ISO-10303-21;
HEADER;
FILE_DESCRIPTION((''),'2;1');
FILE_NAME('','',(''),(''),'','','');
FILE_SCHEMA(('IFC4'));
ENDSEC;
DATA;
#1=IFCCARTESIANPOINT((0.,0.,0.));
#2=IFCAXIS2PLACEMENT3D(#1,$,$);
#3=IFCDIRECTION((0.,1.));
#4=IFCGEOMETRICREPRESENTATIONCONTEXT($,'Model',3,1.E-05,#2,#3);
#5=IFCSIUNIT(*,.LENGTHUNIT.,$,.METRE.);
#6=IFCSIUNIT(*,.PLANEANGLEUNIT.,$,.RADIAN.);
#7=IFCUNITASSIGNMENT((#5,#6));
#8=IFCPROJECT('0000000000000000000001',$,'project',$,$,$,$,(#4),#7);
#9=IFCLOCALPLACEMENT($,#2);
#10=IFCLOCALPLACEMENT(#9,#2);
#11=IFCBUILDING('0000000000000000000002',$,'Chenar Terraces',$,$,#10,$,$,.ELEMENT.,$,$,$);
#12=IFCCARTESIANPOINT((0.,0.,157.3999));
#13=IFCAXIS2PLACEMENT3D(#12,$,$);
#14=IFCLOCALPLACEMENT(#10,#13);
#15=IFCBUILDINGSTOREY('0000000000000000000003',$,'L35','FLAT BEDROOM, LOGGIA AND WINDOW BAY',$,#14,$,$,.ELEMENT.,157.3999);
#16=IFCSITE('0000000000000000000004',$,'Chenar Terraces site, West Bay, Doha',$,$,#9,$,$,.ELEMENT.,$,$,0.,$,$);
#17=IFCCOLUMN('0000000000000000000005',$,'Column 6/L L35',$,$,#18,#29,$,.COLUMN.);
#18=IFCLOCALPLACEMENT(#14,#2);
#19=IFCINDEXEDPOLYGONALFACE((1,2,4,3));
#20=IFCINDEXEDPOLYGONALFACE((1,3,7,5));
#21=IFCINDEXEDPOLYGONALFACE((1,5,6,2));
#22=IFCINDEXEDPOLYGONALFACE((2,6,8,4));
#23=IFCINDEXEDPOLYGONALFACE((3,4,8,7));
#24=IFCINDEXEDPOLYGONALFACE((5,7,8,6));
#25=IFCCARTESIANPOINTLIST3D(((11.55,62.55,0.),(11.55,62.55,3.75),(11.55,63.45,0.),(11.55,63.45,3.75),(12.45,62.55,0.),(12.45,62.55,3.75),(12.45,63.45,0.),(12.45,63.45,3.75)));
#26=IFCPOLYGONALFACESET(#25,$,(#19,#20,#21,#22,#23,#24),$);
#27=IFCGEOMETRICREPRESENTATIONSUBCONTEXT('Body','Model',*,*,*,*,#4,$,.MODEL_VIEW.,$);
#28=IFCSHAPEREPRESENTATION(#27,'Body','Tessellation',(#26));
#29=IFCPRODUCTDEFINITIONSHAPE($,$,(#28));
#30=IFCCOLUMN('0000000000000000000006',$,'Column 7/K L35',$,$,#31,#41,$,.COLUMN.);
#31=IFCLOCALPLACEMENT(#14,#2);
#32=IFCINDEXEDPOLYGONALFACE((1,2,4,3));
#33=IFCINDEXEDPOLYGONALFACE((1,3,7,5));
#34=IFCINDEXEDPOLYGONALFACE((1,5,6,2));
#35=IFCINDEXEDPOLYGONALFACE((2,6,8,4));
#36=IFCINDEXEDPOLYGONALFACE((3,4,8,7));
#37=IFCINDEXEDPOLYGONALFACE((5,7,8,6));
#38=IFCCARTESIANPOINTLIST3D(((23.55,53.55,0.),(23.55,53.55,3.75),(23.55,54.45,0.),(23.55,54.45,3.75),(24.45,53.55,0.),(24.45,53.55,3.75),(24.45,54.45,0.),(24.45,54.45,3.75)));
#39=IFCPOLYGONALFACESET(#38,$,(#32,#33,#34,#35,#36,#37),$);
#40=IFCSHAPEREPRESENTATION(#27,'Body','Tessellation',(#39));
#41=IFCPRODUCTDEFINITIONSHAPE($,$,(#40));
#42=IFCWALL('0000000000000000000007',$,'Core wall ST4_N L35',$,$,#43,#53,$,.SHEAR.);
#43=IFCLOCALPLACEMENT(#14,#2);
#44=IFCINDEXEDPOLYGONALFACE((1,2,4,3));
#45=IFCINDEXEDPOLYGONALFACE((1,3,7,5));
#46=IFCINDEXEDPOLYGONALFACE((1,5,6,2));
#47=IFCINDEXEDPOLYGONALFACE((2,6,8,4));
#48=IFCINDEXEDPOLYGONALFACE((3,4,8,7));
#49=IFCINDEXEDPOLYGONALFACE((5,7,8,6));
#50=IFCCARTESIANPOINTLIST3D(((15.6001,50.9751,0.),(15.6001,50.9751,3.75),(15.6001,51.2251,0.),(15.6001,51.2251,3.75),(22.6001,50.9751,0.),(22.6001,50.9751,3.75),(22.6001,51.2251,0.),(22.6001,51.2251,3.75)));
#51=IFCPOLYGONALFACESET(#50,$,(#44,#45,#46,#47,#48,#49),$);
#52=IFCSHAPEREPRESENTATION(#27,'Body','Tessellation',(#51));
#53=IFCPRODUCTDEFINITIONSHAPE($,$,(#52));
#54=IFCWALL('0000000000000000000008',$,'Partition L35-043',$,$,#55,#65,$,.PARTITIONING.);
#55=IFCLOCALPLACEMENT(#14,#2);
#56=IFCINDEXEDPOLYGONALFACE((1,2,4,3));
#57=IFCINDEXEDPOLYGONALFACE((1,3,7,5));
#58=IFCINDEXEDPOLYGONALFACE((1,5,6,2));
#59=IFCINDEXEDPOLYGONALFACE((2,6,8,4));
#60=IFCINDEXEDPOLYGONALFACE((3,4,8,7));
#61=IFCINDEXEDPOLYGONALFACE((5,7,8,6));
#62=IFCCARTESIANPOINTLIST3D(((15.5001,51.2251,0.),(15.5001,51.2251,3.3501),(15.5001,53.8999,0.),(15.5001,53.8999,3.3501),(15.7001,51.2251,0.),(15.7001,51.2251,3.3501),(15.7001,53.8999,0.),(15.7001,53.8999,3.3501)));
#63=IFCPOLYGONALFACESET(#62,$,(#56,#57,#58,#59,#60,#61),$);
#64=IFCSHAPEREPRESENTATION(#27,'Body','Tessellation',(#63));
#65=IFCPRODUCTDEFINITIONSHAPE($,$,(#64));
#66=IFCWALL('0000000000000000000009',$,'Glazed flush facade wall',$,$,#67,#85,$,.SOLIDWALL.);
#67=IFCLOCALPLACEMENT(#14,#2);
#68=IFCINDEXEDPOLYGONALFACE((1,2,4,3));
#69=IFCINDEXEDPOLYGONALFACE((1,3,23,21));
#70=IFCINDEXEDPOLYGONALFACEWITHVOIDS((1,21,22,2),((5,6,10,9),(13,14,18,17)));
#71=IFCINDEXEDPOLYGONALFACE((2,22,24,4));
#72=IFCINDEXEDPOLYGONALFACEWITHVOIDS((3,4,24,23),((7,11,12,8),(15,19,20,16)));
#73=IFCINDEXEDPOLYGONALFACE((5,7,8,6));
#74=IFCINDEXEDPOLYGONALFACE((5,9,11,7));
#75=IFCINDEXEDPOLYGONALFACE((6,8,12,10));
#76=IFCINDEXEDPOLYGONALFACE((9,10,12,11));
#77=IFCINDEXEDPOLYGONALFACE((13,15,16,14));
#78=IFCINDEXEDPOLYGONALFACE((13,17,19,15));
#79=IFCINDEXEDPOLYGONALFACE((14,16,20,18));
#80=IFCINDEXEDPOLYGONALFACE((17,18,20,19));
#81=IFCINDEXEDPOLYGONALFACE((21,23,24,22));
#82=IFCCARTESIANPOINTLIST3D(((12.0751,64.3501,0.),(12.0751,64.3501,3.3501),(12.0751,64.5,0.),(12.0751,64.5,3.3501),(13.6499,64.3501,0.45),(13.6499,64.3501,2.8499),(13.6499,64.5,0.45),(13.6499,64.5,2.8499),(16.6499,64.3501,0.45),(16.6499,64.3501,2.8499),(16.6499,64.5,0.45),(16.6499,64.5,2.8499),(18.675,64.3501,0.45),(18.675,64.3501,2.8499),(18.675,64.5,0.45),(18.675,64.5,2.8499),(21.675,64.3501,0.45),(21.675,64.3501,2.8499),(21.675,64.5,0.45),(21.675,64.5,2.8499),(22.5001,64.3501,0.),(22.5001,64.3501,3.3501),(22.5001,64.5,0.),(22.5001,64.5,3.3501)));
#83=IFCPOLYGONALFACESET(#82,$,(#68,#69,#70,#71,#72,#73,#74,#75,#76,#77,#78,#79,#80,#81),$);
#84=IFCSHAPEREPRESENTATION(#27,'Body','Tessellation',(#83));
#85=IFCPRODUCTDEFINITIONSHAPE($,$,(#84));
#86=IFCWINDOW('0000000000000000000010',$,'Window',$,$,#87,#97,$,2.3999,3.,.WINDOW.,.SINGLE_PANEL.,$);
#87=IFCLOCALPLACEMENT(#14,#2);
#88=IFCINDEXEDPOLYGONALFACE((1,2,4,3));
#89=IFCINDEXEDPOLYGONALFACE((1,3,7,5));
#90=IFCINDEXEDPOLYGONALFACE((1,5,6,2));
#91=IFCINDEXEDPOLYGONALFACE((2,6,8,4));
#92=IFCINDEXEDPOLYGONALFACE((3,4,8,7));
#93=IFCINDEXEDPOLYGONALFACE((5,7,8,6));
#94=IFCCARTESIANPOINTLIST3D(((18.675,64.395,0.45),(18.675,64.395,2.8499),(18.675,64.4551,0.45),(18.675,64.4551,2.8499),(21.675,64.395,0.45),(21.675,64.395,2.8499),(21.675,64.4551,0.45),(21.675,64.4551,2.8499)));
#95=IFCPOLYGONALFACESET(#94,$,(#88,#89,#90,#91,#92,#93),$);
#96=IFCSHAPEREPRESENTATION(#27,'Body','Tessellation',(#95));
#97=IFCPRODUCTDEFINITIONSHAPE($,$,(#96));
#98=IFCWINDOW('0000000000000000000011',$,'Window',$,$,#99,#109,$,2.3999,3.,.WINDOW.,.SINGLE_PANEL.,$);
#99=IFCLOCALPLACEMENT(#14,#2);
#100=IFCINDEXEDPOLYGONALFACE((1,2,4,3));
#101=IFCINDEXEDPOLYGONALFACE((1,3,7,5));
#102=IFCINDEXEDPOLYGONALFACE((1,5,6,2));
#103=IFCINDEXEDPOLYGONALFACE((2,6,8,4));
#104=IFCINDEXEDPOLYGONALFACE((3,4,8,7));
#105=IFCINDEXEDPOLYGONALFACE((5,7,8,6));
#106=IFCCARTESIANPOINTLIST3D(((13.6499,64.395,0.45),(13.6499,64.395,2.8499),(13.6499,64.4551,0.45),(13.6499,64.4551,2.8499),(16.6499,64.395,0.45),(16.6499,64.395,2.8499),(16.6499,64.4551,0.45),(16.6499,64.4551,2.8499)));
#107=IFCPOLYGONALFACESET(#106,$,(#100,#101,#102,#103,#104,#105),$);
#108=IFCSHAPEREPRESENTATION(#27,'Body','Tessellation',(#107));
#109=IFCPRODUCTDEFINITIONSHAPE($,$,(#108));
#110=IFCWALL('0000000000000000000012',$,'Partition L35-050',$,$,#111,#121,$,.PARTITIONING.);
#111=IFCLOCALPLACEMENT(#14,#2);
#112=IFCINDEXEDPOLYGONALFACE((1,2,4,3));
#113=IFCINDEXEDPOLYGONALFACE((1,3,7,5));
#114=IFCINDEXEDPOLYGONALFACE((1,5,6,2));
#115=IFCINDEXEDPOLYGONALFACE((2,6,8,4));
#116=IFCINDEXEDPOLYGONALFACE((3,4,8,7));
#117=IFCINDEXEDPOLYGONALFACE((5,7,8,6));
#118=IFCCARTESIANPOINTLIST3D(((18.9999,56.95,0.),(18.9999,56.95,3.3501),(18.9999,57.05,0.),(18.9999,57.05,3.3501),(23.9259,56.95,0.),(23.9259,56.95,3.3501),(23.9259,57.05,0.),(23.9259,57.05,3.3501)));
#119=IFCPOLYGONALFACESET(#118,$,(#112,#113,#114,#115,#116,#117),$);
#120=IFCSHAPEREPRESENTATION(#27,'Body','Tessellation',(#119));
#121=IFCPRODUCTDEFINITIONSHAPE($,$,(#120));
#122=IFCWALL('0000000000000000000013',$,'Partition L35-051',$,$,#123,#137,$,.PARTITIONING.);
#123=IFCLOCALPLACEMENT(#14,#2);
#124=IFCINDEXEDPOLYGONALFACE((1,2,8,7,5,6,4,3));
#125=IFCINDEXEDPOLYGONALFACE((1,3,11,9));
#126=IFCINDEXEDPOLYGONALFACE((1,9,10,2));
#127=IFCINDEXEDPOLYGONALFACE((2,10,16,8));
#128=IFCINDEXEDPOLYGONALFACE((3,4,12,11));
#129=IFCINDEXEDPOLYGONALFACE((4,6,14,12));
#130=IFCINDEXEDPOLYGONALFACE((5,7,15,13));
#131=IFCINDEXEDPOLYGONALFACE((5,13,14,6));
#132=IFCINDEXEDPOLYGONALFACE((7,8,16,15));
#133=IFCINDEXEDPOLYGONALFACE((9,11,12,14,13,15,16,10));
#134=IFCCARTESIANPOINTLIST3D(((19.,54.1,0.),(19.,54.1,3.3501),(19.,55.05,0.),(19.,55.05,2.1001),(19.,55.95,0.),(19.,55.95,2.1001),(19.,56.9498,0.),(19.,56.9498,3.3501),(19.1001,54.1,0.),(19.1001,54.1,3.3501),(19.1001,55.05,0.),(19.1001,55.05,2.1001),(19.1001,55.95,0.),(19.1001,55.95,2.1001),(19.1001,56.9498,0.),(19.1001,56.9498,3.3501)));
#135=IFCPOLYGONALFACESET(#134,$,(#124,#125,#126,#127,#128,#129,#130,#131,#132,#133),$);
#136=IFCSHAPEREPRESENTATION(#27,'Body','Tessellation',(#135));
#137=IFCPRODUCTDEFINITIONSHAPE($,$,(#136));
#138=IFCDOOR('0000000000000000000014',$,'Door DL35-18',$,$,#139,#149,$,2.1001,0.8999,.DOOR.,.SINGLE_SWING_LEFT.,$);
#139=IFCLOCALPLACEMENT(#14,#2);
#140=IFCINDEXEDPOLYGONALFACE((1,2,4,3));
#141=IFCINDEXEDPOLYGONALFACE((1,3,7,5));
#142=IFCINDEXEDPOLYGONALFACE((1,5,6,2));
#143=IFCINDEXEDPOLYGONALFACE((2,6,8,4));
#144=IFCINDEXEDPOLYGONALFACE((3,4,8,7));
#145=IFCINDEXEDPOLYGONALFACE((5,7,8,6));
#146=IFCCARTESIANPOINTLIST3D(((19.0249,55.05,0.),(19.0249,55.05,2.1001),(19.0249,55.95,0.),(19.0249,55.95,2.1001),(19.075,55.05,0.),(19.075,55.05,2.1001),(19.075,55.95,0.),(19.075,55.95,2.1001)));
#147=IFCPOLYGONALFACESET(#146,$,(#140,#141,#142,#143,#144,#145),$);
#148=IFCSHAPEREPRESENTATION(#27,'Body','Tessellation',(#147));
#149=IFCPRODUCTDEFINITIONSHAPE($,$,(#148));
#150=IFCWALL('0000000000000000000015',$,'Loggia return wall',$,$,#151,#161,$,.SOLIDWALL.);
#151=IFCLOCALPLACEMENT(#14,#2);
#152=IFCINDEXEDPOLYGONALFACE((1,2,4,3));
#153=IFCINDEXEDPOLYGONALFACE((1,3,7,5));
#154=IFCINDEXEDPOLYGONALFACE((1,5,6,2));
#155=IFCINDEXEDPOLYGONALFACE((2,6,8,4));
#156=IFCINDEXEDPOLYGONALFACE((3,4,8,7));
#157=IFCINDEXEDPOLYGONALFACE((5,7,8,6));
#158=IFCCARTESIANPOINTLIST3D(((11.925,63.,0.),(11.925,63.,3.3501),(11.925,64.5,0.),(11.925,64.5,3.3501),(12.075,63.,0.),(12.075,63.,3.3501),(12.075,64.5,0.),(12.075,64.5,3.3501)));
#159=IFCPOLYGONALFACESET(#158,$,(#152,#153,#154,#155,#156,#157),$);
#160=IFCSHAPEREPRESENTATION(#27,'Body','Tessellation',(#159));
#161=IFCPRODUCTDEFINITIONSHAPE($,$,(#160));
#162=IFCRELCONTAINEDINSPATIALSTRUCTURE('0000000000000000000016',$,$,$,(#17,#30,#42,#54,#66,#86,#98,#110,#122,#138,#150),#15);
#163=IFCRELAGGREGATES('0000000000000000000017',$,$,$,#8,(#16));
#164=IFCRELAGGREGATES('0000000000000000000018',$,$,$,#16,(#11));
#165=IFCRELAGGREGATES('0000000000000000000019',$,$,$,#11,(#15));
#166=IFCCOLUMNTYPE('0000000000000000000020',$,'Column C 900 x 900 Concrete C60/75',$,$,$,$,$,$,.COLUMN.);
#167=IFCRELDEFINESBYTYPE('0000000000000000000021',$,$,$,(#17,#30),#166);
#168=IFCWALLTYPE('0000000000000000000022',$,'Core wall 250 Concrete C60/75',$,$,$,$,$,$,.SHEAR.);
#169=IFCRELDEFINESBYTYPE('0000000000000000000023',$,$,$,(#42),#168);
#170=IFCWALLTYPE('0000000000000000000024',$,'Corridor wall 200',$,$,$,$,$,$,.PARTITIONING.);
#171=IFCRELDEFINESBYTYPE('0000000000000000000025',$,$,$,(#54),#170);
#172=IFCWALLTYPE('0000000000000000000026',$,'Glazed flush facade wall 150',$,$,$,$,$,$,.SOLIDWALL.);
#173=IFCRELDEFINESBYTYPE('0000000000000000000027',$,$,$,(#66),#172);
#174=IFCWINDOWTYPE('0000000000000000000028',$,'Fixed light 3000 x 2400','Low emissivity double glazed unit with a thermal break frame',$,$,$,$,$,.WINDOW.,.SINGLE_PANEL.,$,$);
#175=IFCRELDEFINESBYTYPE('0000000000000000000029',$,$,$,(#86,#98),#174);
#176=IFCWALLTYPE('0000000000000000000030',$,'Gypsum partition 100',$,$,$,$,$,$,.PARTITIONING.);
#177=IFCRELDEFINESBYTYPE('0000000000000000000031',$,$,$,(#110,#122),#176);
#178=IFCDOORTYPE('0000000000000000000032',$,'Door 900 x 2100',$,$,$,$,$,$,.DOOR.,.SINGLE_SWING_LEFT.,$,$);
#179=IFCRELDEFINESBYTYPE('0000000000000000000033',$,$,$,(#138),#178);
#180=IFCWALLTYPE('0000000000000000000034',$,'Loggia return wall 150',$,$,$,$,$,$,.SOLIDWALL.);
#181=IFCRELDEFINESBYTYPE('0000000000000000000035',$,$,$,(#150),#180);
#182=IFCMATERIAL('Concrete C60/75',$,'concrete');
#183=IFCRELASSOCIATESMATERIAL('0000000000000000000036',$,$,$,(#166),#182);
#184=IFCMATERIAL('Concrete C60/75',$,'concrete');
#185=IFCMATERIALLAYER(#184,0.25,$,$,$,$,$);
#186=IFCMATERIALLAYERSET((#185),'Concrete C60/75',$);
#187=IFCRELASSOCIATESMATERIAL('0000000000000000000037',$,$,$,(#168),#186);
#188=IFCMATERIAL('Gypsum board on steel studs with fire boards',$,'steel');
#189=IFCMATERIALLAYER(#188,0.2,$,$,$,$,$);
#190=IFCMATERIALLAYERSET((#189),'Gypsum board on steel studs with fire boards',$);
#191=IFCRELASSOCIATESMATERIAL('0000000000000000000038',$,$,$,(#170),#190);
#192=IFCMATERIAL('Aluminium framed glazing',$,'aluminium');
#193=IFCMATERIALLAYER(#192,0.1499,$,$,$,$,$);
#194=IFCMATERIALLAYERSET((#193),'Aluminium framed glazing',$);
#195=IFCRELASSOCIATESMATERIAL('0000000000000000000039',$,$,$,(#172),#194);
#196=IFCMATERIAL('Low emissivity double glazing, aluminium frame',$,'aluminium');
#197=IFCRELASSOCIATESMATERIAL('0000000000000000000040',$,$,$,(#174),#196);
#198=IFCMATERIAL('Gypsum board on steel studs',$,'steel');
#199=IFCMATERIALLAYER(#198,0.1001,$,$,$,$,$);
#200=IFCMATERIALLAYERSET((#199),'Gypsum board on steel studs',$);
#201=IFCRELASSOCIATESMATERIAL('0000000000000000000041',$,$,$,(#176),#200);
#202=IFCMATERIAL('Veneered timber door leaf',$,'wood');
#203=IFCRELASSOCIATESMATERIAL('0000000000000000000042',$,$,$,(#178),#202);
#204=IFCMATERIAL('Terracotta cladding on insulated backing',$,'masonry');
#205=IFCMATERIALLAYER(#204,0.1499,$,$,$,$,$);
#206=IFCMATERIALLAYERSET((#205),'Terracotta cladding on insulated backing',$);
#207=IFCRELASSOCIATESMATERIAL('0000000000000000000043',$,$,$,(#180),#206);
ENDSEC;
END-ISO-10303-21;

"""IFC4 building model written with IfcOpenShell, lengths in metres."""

from ifc_helpers import new_model, si_unit, direction, frame, frame_2d, origin, origin_2d, place, context, subcontext, project, spatial, rectangle, extrude, material, layer, layer_set, material_profile, profile_set, type_object, element, fill, save


model = new_model("IFC4")

# Units and contexts
model_context = context("Model", 3, precision=1e-05, world=origin(), true_north=direction((0.0, 1.0)))
body_context = subcontext(model_context, "Body", "Model", "MODEL_VIEW")
ifc_project = project(units=[si_unit("LENGTHUNIT", "METRE"), si_unit("PLANEANGLEUNIT", "RADIAN")], contexts=[model_context])

# Site, building, storey
site_placement = place(None, origin())
site = spatial("IfcSite", under=ifc_project, at=site_placement, Name="Chenar Terraces site, West Bay, Doha", CompositionType="ELEMENT", RefElevation=0.0)
building_placement = place(site_placement, origin())
building = spatial("IfcBuilding", under=site, at=building_placement, Name="Chenar Terraces", CompositionType="ELEMENT")
storey_placement = place(building_placement, frame((0.0, 0.0, 157.3999)))
storey = spatial("IfcBuildingStorey", under=building, at=storey_placement, Name="L35", Description="FLAT BEDROOM, LOGGIA AND WINDOW BAY", CompositionType="ELEMENT", Elevation=157.3999)

# Columns
ifc_material_1 = material(Name="Concrete C60/75", Category="concrete")
ifc_material_profile_1 = material_profile(ifc_material_1, rectangle(XDim=0.8999, YDim=0.8999, at=origin_2d()), Name="C 900 x 900")
ifc_profile_set_1 = profile_set([ifc_material_profile_1], Name="Concrete C60/75")
column_type = type_object("IfcColumnType", Name="Column C 900 x 900 Concrete C60/75", PredefinedType="COLUMN", material=ifc_profile_set_1)
for number, where, z_axis, x_axis, name in (
    (1, (12.0, 63.0, 0.0), (0.0, 0.0, 1.0), (1.0, 0.0, 0.0), "Column 6/L L35"),
    (2, (24.0, 54.0, 0.0), (0.0, 0.0, 1.0), (1.0, 0.0, 0.0), "Column 7/K L35"),
):
    element("IfcColumn", number, at=place(storey_placement, frame(where, z_axis=z_axis, x_axis=x_axis)), inside=storey, type_object=column_type, Name=name, PredefinedType="COLUMN", context=body_context, shape_type="SweptSolid", body=[
        extrude(rectangle(XDim=0.8999, YDim=0.8999, at=origin_2d()), origin(), (0.0, 0.0, 1.0), 3.75),
    ])

# Walls
ifc_material_2 = material(Name="Concrete C60/75", Category="concrete")
ifc_layer_1 = layer(ifc_material_2, 0.25)
ifc_layer_set_1 = layer_set([ifc_layer_1], Name="Concrete C60/75")
wall_type_1 = type_object("IfcWallType", Name="Core wall 250 Concrete C60/75", PredefinedType="SHEAR", material=ifc_layer_set_1)
wall_1_placement = place(storey_placement, frame((15.6001, 51.1001, 0.0), z_axis=(0.0, 0.0, 1.0), x_axis=(1.0, 0.0, 0.0)))
element("IfcWall", 3, at=wall_1_placement, inside=storey, type_object=wall_type_1, Name="Core wall ST4_N L35", PredefinedType="SHEAR", context=body_context, shape_type="SweptSolid", body=[
    extrude(rectangle(XDim=7.0, YDim=0.25, at=frame_2d((3.5, 0.0))), origin(), (0.0, 0.0, 1.0), 3.75),
])
ifc_material_3 = material(Name="Gypsum board on steel studs with fire boards", Category="steel")
ifc_layer_2 = layer(ifc_material_3, 0.2)
ifc_layer_set_2 = layer_set([ifc_layer_2], Name="Gypsum board on steel studs with fire boards")
wall_type_2 = type_object("IfcWallType", Name="Corridor wall 200", PredefinedType="PARTITIONING", material=ifc_layer_set_2)
wall_2_placement = place(storey_placement, frame((15.6001, 51.2251, 0.0), z_axis=(0.0, 0.0, 1.0), x_axis=(0.0, 1.0, 0.0)))
element("IfcWall", 4, at=wall_2_placement, inside=storey, type_object=wall_type_2, Name="Partition L35-043", PredefinedType="PARTITIONING", context=body_context, shape_type="SweptSolid", body=[
    extrude(rectangle(XDim=2.6748, YDim=0.2, at=frame_2d((1.3374, 0.0))), origin(), (0.0, 0.0, 1.0), 3.3501),
])

# Wall, openings, windows
ifc_material_4 = material(Name="Aluminium framed glazing", Category="aluminium")
ifc_layer_3 = layer(ifc_material_4, 0.1499)
ifc_layer_set_3 = layer_set([ifc_layer_3], Name="Aluminium framed glazing")
wall_type_3 = type_object("IfcWallType", Name="Glazed flush facade wall 150", PredefinedType="SOLIDWALL", material=ifc_layer_set_3)
wall_3_placement = place(storey_placement, frame((22.5, 64.425, 0.0), z_axis=(0.0, 0.0, 1.0), x_axis=(-1.0, 0.0, 0.0)))
wall_3 = element("IfcWall", 5, at=wall_3_placement, inside=storey, type_object=wall_type_3, Name="Glazed flush facade wall", PredefinedType="SOLIDWALL", context=body_context, shape_type="SweptSolid", body=[
    extrude(rectangle(XDim=10.425, YDim=0.1499, at=frame_2d((5.2124, 0.0))), origin(), (0.0, 0.0, 1.0), 3.3501),
])
opening_1_placement = place(wall_3_placement, frame((0.825, 0.0, 0.45)))
opening_1 = element("IfcOpeningElement", 6, at=opening_1_placement, cuts=wall_3, PredefinedType="OPENING", context=body_context, shape_type="SweptSolid", body=[
    extrude(rectangle(XDim=3.0, YDim=2.3999, at=frame_2d((1.5, 1.2))), frame((0.0, 0.085, 0.0), z_axis=(0.0, -1.0, 0.0), x_axis=(1.0, 0.0, 0.0)), (0.0, 0.0, 1.0), 0.1699),
])
opening_2_placement = place(wall_3_placement, frame((5.8501, 0.0, 0.45)))
opening_2 = element("IfcOpeningElement", 7, at=opening_2_placement, cuts=wall_3, PredefinedType="OPENING", context=body_context, shape_type="SweptSolid", body=[
    extrude(rectangle(XDim=3.0, YDim=2.3999, at=frame_2d((1.5, 1.2))), frame((0.0, 0.085, 0.0), z_axis=(0.0, -1.0, 0.0), x_axis=(1.0, 0.0, 0.0)), (0.0, 0.0, 1.0), 0.1699),
])
ifc_material_5 = material(Name="Low emissivity double glazing, aluminium frame", Category="aluminium")
window_type = type_object("IfcWindowType", Name="Fixed light 3000 x 2400", Description="Low emissivity double glazed unit with a thermal break frame", PartitioningType="SINGLE_PANEL", PredefinedType="WINDOW", material=ifc_material_5)
window_1_placement = place(opening_1_placement, origin())
window_1 = element("IfcWindow", 8, at=window_1_placement, inside=storey, type_object=window_type, Name="Window", OverallHeight=2.3999, OverallWidth=3.0, PartitioningType="SINGLE_PANEL", PredefinedType="WINDOW", context=body_context, shape_type="SweptSolid", body=[
    extrude(rectangle(XDim=3.0, YDim=2.3999, at=frame_2d((1.5, 1.2))), frame((0.0, 0.03, 0.0), z_axis=(0.0, -1.0, 0.0), x_axis=(1.0, 0.0, 0.0)), (0.0, 0.0, 1.0), 0.0601),
])
fill(opening_1, window_1)
window_2_placement = place(opening_2_placement, origin())
window_2 = element("IfcWindow", 9, at=window_2_placement, inside=storey, type_object=window_type, Name="Window", OverallHeight=2.3999, OverallWidth=3.0, PartitioningType="SINGLE_PANEL", PredefinedType="WINDOW", context=body_context, shape_type="SweptSolid", body=[
    extrude(rectangle(XDim=3.0, YDim=2.3999, at=frame_2d((1.5, 1.2))), frame((0.0, 0.03, 0.0), z_axis=(0.0, -1.0, 0.0), x_axis=(1.0, 0.0, 0.0)), (0.0, 0.0, 1.0), 0.0601),
])
fill(opening_2, window_2)

# Wall
ifc_material_6 = material(Name="Gypsum board on steel studs", Category="steel")
ifc_layer_4 = layer(ifc_material_6, 0.1001)
ifc_layer_set_4 = layer_set([ifc_layer_4], Name="Gypsum board on steel studs")
wall_type_4 = type_object("IfcWallType", Name="Gypsum partition 100", PredefinedType="PARTITIONING", material=ifc_layer_set_4)
wall_4_placement = place(storey_placement, frame((19.0, 57.0, 0.0), z_axis=(0.0, 0.0, 1.0), x_axis=(1.0, 0.0, 0.0)))
element("IfcWall", 10, at=wall_4_placement, inside=storey, type_object=wall_type_4, Name="Partition L35-050", PredefinedType="PARTITIONING", context=body_context, shape_type="SweptSolid", body=[
    extrude(rectangle(XDim=4.926, YDim=0.1001, at=frame_2d((2.4629, 0.0))), origin(), (0.0, 0.0, 1.0), 3.3501),
])

# Wall, opening, door
wall_5_placement = place(storey_placement, frame((19.05, 54.1001, 0.0), z_axis=(0.0, 0.0, 1.0), x_axis=(0.0, 1.0, 0.0)))
wall_5 = element("IfcWall", 11, at=wall_5_placement, inside=storey, type_object=wall_type_4, Name="Partition L35-051", PredefinedType="PARTITIONING", context=body_context, shape_type="SweptSolid", body=[
    extrude(rectangle(XDim=2.8499, YDim=0.1001, at=frame_2d((1.4248, 0.0))), origin(), (0.0, 0.0, 1.0), 3.3501),
])
opening_3_placement = place(wall_5_placement, frame((0.95, 0.0, 0.0)))
opening_3 = element("IfcOpeningElement", 12, at=opening_3_placement, cuts=wall_5, PredefinedType="OPENING", context=body_context, shape_type="SweptSolid", body=[
    extrude(rectangle(XDim=0.8999, YDim=2.1001, at=frame_2d((0.45, 1.05))), frame((0.0, 0.0601, 0.0), z_axis=(0.0, -1.0, 0.0), x_axis=(1.0, 0.0, 0.0)), (0.0, 0.0, 1.0), 0.1201),
])
ifc_material_7 = material(Name="Veneered timber door leaf", Category="wood")
door_type_1 = type_object("IfcDoorType", Name="Door 900 x 2100", OperationType="SINGLE_SWING_LEFT", PredefinedType="DOOR", material=ifc_material_7)
door_1_placement = place(opening_3_placement, frame((0.8999, 0.0, 0.0), z_axis=(0.0, 0.0, 1.0), x_axis=(-1.0, 0.0, 0.0)))
door_1 = element("IfcDoor", 13, at=door_1_placement, inside=storey, type_object=door_type_1, Name="Door DL35-18", OperationType="SINGLE_SWING_LEFT", OverallHeight=2.1001, OverallWidth=0.8999, PredefinedType="DOOR", context=body_context, shape_type="SweptSolid", body=[
    extrude(rectangle(XDim=0.8999, YDim=2.1001, at=frame_2d((0.45, 1.05))), frame((0.0, 0.0249, 0.0), z_axis=(0.0, -1.0, 0.0), x_axis=(1.0, 0.0, 0.0)), (0.0, 0.0, 1.0), 0.05),
])
fill(opening_3, door_1)

# Wall
ifc_material_8 = material(Name="Terracotta cladding on insulated backing", Category="masonry")
ifc_layer_5 = layer(ifc_material_8, 0.1499)
ifc_layer_set_5 = layer_set([ifc_layer_5], Name="Terracotta cladding on insulated backing")
wall_type_5 = type_object("IfcWallType", Name="Loggia return wall 150", PredefinedType="SOLIDWALL", material=ifc_layer_set_5)
wall_6_placement = place(storey_placement, frame((12.0, 64.5, 0.0), z_axis=(0.0, 0.0, 1.0), x_axis=(0.0, -1.0, 0.0)))
element("IfcWall", 14, at=wall_6_placement, inside=storey, type_object=wall_type_5, Name="Loggia return wall", PredefinedType="SOLIDWALL", context=body_context, shape_type="SweptSolid", body=[
    extrude(rectangle(XDim=1.5, YDim=0.1499, at=frame_2d((0.75, 0.0))), origin(), (0.0, 0.0, 1.0), 3.3501),
])

save(model, "model.ifc")
